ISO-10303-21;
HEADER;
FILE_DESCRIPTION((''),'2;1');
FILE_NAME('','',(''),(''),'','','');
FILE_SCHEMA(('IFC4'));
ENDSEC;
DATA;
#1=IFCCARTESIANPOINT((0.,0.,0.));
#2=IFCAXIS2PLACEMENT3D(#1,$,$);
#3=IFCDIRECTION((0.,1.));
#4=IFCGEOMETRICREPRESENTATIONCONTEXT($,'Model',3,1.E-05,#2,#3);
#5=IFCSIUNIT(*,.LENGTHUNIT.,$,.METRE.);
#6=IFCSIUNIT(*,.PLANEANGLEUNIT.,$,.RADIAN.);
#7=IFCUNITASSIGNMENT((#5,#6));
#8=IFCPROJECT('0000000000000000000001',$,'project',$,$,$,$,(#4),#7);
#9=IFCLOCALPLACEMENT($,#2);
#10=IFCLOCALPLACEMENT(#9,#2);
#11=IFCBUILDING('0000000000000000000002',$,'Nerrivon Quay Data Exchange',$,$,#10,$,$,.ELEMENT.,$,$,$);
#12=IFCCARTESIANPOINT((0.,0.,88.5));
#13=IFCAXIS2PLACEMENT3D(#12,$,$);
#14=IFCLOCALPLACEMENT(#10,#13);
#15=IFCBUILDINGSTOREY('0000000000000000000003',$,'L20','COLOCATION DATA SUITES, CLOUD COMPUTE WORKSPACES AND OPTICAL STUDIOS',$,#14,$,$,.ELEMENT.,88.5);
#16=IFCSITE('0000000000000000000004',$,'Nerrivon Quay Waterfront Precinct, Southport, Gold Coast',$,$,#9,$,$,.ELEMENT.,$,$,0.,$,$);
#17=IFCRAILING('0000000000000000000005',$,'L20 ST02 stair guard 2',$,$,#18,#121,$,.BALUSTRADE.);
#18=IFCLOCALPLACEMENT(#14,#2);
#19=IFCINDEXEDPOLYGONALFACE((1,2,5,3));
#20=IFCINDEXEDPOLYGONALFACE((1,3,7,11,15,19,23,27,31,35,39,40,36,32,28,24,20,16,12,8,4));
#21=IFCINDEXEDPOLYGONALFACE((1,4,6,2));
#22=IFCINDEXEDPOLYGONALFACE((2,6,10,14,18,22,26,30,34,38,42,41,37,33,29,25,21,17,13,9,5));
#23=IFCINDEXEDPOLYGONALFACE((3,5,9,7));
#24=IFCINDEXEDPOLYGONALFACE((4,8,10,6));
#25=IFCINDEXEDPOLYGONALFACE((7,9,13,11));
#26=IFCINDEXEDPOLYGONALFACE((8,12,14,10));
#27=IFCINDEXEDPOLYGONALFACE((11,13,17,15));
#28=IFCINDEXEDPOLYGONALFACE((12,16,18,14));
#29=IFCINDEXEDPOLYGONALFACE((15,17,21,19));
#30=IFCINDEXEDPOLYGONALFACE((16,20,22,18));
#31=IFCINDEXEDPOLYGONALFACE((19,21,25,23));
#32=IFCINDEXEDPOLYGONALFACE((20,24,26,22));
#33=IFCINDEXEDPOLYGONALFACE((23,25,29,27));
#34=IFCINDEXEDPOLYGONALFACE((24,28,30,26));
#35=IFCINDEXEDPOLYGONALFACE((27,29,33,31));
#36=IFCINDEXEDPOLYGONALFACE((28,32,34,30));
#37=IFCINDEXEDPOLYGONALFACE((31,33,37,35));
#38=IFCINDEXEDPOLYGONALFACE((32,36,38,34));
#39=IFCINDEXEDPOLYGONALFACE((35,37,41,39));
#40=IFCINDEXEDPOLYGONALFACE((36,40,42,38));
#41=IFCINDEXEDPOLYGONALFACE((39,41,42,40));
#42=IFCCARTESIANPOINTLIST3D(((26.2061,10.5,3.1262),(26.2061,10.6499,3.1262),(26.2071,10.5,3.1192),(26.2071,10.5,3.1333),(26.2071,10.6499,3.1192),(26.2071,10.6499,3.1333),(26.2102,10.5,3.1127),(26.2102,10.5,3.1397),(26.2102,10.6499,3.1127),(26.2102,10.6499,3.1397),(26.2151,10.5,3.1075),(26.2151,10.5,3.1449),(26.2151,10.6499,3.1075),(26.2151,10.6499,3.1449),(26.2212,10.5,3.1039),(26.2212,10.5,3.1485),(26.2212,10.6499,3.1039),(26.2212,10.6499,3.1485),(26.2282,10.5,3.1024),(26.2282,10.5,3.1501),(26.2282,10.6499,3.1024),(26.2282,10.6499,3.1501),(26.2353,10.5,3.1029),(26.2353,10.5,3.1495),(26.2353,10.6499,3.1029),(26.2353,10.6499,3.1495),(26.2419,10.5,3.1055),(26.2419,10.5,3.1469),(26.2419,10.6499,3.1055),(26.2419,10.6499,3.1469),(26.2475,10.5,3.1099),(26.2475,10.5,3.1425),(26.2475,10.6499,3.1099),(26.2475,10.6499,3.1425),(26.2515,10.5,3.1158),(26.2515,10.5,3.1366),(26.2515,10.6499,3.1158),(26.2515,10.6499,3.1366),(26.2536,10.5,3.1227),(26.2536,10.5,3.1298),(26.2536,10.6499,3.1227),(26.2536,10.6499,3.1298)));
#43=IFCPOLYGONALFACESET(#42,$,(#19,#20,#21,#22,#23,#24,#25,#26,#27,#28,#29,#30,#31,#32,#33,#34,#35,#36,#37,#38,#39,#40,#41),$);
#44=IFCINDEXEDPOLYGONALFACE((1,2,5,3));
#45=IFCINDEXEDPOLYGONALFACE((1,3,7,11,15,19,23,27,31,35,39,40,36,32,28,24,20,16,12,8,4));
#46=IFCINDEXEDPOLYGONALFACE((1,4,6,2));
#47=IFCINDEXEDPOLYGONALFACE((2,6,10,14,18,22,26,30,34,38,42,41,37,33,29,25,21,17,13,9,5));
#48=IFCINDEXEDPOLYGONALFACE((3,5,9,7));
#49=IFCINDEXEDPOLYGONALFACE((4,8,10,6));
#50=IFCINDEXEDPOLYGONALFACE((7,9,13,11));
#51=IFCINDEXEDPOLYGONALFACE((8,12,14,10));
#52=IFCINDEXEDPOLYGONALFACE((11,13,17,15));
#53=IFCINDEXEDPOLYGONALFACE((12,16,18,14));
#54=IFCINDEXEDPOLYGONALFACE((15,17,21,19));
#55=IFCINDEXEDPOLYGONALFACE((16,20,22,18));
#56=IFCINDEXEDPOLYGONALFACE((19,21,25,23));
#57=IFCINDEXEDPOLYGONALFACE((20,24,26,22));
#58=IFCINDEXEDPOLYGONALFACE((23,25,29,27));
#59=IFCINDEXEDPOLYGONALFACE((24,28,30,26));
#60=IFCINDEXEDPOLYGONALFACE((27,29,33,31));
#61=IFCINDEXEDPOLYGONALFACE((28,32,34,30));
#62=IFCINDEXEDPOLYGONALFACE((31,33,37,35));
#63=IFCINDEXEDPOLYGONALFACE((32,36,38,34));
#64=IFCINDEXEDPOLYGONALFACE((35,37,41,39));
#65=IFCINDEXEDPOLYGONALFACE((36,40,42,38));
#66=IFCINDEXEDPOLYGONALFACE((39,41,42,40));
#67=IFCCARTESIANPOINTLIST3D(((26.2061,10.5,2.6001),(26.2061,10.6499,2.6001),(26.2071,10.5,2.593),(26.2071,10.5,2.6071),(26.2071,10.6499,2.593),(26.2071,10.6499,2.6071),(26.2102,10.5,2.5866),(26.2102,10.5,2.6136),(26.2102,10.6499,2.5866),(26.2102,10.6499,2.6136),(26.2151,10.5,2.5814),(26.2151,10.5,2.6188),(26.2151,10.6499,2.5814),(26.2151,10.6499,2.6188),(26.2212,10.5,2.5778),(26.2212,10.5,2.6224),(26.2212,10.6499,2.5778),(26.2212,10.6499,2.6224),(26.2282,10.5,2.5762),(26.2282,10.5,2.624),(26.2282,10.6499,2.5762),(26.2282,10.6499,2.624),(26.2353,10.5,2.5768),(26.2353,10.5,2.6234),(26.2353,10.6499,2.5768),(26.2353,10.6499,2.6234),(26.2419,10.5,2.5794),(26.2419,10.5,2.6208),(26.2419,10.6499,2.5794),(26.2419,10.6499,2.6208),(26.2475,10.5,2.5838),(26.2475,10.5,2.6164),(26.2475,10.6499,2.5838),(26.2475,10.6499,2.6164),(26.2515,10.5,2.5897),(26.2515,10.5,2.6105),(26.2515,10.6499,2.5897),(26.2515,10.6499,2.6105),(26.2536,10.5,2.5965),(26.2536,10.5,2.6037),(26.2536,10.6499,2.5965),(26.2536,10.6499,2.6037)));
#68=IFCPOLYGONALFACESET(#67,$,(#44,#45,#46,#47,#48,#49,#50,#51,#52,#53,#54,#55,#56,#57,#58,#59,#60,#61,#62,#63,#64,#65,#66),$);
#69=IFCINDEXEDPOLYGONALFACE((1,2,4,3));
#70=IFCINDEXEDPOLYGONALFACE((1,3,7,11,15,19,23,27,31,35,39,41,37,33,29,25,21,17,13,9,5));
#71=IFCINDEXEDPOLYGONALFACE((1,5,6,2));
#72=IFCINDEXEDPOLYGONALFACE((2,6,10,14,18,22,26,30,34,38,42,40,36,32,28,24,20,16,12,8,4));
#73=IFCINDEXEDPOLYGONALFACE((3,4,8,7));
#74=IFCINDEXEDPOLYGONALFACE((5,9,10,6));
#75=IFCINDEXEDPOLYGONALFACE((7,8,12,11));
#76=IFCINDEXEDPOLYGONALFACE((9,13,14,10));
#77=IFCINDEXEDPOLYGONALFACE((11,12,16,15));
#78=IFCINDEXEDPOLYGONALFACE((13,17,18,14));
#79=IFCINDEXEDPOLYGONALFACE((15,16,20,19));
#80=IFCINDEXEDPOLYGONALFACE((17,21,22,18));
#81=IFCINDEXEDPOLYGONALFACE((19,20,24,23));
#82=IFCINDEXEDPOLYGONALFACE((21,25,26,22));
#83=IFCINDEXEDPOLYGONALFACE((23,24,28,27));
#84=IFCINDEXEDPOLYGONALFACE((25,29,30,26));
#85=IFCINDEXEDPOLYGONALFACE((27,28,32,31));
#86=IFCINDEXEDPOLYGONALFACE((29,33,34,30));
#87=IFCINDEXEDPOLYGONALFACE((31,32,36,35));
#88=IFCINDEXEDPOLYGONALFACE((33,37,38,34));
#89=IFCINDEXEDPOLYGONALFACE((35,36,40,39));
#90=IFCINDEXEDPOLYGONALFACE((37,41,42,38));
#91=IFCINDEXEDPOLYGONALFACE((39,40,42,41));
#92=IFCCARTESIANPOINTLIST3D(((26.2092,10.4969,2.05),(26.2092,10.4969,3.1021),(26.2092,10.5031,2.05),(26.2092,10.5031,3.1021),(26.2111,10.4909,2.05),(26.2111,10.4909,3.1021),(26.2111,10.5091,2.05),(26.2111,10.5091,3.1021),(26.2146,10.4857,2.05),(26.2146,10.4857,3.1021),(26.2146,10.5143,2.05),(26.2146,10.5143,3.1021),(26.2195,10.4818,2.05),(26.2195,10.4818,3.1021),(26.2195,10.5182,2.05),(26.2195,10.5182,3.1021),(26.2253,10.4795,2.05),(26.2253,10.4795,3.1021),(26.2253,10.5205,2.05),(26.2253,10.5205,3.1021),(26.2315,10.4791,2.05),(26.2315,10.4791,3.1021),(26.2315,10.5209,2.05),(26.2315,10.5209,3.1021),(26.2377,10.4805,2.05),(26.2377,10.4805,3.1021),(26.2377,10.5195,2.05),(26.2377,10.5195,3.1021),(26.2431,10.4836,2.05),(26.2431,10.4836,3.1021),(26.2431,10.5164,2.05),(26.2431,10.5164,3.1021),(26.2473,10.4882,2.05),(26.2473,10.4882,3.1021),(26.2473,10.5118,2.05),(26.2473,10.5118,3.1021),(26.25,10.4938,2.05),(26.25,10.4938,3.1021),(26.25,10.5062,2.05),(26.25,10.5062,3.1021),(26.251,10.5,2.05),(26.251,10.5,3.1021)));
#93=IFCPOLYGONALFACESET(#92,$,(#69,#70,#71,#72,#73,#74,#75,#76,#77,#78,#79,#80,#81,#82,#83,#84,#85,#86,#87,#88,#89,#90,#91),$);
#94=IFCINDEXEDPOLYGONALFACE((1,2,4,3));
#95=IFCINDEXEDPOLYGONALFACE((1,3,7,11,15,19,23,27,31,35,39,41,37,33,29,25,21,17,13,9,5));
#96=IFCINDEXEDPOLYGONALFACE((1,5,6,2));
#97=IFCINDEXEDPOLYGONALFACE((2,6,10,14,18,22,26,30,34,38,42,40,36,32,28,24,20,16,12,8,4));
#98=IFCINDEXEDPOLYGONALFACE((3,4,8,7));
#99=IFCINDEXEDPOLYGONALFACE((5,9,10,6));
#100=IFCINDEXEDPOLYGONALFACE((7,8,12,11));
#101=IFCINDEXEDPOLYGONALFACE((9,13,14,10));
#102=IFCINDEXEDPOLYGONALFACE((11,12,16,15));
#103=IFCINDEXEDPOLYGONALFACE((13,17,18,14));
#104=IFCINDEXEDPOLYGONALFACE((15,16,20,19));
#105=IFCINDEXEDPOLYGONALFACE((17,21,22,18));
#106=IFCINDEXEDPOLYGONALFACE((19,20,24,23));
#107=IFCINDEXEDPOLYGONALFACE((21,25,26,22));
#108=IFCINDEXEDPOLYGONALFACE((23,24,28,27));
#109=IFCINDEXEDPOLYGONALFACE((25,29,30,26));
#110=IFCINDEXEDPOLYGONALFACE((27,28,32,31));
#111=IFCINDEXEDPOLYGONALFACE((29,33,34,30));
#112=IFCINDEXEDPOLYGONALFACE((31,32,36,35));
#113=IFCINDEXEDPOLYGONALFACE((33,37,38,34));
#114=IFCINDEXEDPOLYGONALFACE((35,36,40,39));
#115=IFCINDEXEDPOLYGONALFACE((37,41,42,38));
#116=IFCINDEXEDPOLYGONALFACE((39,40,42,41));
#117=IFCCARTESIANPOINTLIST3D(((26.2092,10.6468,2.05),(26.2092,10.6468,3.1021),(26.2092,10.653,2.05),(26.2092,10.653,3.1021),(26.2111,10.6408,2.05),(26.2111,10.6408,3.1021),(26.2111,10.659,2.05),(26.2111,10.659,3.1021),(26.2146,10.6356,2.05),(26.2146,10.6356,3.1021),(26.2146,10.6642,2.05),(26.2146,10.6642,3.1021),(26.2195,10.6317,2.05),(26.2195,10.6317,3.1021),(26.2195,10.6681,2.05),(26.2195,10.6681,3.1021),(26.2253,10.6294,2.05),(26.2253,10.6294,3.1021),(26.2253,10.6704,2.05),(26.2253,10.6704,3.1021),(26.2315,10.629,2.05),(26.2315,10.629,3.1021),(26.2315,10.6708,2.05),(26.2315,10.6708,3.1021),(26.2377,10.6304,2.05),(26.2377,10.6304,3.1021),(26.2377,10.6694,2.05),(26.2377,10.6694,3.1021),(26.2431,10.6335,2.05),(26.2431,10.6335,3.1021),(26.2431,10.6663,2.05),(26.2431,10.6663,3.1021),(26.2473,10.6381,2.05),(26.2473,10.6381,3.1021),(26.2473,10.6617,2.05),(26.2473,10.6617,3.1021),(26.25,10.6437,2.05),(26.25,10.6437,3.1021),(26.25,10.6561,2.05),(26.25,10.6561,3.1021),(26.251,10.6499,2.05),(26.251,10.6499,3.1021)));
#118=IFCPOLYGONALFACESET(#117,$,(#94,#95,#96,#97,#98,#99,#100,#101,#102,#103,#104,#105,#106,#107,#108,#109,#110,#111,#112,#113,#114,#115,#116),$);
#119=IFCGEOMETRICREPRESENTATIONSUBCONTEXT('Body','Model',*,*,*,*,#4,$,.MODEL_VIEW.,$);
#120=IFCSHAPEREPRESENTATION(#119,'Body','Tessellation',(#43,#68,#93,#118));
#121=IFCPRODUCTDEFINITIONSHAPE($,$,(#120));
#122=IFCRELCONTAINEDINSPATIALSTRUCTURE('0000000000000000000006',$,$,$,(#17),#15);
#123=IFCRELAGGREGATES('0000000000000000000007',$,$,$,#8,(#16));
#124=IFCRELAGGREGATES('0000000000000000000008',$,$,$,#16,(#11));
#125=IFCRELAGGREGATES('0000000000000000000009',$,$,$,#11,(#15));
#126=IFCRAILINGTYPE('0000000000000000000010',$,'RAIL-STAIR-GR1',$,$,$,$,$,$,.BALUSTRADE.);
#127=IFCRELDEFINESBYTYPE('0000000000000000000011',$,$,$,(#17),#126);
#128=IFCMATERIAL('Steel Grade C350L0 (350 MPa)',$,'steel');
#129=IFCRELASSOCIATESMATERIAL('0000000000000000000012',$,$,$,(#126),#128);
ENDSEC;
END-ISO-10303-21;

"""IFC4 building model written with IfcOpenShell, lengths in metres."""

from ifc_helpers import new_model, si_unit, direction, frame, origin, origin_2d, place, context, subcontext, project, spatial, circle, extrude, material, type_object, element, save


model = new_model("IFC4")

# Units and contexts
model_context = context("Model", 3, precision=1e-05, world=origin(), true_north=direction((0.0, 1.0)))
body_context = subcontext(model_context, "Body", "Model", "MODEL_VIEW")
ifc_project = project(units=[si_unit("LENGTHUNIT", "METRE"), si_unit("PLANEANGLEUNIT", "RADIAN")], contexts=[model_context])

# Site, building, storey
site_placement = place(None, origin())
site = spatial("IfcSite", under=ifc_project, at=site_placement, Name="Nerrivon Quay Waterfront Precinct, Southport, Gold Coast", CompositionType="ELEMENT", RefElevation=0.0)
building_placement = place(site_placement, origin())
building = spatial("IfcBuilding", under=site, at=building_placement, Name="Nerrivon Quay Data Exchange", CompositionType="ELEMENT")
storey_placement = place(building_placement, frame((0.0, 0.0, 88.5)))
storey = spatial("IfcBuildingStorey", under=building, at=storey_placement, Name="L20", Description="COLOCATION DATA SUITES, CLOUD COMPUTE WORKSPACES AND OPTICAL STUDIOS", CompositionType="ELEMENT", Elevation=88.5)

# Railing
ifc_material_1 = material(Name="Steel Grade C350L0 (350 MPa)", Category="steel")
railing_type_1 = type_object("IfcRailingType", Name="RAIL-STAIR-GR1", PredefinedType="BALUSTRADE", material=ifc_material_1)
railing_1_placement = place(storey_placement, frame((26.23, 10.5, 2.05)))
element("IfcRailing", 1, at=railing_1_placement, inside=storey, type_object=railing_type_1, Name="L20 ST02 stair guard 2", PredefinedType="BALUSTRADE", context=body_context, shape_type="SweptSolid", body=[
    extrude(circle(Radius=0.0239, at=origin_2d()), frame((0.0, 0.0, 1.0762), z_axis=(0.0, 1.0, 0.0), x_axis=(-1.0, 0.0, 0.0)), (0.0, 0.0, 1.0), 0.1499),
    extrude(circle(Radius=0.0239, at=origin_2d()), frame((0.0, 0.0, 0.55), z_axis=(0.0, 1.0, 0.0), x_axis=(-1.0, 0.0, 0.0)), (0.0, 0.0, 1.0), 0.1499),
    extrude(circle(Radius=0.021, at=origin_2d()), origin(), (0.0, 0.0, 1.0), 1.052),
    extrude(circle(Radius=0.021, at=origin_2d()), frame((0.0, 0.1499, 0.0)), (0.0, 0.0, 1.0), 1.052),
])

save(model, "model.ifc")
